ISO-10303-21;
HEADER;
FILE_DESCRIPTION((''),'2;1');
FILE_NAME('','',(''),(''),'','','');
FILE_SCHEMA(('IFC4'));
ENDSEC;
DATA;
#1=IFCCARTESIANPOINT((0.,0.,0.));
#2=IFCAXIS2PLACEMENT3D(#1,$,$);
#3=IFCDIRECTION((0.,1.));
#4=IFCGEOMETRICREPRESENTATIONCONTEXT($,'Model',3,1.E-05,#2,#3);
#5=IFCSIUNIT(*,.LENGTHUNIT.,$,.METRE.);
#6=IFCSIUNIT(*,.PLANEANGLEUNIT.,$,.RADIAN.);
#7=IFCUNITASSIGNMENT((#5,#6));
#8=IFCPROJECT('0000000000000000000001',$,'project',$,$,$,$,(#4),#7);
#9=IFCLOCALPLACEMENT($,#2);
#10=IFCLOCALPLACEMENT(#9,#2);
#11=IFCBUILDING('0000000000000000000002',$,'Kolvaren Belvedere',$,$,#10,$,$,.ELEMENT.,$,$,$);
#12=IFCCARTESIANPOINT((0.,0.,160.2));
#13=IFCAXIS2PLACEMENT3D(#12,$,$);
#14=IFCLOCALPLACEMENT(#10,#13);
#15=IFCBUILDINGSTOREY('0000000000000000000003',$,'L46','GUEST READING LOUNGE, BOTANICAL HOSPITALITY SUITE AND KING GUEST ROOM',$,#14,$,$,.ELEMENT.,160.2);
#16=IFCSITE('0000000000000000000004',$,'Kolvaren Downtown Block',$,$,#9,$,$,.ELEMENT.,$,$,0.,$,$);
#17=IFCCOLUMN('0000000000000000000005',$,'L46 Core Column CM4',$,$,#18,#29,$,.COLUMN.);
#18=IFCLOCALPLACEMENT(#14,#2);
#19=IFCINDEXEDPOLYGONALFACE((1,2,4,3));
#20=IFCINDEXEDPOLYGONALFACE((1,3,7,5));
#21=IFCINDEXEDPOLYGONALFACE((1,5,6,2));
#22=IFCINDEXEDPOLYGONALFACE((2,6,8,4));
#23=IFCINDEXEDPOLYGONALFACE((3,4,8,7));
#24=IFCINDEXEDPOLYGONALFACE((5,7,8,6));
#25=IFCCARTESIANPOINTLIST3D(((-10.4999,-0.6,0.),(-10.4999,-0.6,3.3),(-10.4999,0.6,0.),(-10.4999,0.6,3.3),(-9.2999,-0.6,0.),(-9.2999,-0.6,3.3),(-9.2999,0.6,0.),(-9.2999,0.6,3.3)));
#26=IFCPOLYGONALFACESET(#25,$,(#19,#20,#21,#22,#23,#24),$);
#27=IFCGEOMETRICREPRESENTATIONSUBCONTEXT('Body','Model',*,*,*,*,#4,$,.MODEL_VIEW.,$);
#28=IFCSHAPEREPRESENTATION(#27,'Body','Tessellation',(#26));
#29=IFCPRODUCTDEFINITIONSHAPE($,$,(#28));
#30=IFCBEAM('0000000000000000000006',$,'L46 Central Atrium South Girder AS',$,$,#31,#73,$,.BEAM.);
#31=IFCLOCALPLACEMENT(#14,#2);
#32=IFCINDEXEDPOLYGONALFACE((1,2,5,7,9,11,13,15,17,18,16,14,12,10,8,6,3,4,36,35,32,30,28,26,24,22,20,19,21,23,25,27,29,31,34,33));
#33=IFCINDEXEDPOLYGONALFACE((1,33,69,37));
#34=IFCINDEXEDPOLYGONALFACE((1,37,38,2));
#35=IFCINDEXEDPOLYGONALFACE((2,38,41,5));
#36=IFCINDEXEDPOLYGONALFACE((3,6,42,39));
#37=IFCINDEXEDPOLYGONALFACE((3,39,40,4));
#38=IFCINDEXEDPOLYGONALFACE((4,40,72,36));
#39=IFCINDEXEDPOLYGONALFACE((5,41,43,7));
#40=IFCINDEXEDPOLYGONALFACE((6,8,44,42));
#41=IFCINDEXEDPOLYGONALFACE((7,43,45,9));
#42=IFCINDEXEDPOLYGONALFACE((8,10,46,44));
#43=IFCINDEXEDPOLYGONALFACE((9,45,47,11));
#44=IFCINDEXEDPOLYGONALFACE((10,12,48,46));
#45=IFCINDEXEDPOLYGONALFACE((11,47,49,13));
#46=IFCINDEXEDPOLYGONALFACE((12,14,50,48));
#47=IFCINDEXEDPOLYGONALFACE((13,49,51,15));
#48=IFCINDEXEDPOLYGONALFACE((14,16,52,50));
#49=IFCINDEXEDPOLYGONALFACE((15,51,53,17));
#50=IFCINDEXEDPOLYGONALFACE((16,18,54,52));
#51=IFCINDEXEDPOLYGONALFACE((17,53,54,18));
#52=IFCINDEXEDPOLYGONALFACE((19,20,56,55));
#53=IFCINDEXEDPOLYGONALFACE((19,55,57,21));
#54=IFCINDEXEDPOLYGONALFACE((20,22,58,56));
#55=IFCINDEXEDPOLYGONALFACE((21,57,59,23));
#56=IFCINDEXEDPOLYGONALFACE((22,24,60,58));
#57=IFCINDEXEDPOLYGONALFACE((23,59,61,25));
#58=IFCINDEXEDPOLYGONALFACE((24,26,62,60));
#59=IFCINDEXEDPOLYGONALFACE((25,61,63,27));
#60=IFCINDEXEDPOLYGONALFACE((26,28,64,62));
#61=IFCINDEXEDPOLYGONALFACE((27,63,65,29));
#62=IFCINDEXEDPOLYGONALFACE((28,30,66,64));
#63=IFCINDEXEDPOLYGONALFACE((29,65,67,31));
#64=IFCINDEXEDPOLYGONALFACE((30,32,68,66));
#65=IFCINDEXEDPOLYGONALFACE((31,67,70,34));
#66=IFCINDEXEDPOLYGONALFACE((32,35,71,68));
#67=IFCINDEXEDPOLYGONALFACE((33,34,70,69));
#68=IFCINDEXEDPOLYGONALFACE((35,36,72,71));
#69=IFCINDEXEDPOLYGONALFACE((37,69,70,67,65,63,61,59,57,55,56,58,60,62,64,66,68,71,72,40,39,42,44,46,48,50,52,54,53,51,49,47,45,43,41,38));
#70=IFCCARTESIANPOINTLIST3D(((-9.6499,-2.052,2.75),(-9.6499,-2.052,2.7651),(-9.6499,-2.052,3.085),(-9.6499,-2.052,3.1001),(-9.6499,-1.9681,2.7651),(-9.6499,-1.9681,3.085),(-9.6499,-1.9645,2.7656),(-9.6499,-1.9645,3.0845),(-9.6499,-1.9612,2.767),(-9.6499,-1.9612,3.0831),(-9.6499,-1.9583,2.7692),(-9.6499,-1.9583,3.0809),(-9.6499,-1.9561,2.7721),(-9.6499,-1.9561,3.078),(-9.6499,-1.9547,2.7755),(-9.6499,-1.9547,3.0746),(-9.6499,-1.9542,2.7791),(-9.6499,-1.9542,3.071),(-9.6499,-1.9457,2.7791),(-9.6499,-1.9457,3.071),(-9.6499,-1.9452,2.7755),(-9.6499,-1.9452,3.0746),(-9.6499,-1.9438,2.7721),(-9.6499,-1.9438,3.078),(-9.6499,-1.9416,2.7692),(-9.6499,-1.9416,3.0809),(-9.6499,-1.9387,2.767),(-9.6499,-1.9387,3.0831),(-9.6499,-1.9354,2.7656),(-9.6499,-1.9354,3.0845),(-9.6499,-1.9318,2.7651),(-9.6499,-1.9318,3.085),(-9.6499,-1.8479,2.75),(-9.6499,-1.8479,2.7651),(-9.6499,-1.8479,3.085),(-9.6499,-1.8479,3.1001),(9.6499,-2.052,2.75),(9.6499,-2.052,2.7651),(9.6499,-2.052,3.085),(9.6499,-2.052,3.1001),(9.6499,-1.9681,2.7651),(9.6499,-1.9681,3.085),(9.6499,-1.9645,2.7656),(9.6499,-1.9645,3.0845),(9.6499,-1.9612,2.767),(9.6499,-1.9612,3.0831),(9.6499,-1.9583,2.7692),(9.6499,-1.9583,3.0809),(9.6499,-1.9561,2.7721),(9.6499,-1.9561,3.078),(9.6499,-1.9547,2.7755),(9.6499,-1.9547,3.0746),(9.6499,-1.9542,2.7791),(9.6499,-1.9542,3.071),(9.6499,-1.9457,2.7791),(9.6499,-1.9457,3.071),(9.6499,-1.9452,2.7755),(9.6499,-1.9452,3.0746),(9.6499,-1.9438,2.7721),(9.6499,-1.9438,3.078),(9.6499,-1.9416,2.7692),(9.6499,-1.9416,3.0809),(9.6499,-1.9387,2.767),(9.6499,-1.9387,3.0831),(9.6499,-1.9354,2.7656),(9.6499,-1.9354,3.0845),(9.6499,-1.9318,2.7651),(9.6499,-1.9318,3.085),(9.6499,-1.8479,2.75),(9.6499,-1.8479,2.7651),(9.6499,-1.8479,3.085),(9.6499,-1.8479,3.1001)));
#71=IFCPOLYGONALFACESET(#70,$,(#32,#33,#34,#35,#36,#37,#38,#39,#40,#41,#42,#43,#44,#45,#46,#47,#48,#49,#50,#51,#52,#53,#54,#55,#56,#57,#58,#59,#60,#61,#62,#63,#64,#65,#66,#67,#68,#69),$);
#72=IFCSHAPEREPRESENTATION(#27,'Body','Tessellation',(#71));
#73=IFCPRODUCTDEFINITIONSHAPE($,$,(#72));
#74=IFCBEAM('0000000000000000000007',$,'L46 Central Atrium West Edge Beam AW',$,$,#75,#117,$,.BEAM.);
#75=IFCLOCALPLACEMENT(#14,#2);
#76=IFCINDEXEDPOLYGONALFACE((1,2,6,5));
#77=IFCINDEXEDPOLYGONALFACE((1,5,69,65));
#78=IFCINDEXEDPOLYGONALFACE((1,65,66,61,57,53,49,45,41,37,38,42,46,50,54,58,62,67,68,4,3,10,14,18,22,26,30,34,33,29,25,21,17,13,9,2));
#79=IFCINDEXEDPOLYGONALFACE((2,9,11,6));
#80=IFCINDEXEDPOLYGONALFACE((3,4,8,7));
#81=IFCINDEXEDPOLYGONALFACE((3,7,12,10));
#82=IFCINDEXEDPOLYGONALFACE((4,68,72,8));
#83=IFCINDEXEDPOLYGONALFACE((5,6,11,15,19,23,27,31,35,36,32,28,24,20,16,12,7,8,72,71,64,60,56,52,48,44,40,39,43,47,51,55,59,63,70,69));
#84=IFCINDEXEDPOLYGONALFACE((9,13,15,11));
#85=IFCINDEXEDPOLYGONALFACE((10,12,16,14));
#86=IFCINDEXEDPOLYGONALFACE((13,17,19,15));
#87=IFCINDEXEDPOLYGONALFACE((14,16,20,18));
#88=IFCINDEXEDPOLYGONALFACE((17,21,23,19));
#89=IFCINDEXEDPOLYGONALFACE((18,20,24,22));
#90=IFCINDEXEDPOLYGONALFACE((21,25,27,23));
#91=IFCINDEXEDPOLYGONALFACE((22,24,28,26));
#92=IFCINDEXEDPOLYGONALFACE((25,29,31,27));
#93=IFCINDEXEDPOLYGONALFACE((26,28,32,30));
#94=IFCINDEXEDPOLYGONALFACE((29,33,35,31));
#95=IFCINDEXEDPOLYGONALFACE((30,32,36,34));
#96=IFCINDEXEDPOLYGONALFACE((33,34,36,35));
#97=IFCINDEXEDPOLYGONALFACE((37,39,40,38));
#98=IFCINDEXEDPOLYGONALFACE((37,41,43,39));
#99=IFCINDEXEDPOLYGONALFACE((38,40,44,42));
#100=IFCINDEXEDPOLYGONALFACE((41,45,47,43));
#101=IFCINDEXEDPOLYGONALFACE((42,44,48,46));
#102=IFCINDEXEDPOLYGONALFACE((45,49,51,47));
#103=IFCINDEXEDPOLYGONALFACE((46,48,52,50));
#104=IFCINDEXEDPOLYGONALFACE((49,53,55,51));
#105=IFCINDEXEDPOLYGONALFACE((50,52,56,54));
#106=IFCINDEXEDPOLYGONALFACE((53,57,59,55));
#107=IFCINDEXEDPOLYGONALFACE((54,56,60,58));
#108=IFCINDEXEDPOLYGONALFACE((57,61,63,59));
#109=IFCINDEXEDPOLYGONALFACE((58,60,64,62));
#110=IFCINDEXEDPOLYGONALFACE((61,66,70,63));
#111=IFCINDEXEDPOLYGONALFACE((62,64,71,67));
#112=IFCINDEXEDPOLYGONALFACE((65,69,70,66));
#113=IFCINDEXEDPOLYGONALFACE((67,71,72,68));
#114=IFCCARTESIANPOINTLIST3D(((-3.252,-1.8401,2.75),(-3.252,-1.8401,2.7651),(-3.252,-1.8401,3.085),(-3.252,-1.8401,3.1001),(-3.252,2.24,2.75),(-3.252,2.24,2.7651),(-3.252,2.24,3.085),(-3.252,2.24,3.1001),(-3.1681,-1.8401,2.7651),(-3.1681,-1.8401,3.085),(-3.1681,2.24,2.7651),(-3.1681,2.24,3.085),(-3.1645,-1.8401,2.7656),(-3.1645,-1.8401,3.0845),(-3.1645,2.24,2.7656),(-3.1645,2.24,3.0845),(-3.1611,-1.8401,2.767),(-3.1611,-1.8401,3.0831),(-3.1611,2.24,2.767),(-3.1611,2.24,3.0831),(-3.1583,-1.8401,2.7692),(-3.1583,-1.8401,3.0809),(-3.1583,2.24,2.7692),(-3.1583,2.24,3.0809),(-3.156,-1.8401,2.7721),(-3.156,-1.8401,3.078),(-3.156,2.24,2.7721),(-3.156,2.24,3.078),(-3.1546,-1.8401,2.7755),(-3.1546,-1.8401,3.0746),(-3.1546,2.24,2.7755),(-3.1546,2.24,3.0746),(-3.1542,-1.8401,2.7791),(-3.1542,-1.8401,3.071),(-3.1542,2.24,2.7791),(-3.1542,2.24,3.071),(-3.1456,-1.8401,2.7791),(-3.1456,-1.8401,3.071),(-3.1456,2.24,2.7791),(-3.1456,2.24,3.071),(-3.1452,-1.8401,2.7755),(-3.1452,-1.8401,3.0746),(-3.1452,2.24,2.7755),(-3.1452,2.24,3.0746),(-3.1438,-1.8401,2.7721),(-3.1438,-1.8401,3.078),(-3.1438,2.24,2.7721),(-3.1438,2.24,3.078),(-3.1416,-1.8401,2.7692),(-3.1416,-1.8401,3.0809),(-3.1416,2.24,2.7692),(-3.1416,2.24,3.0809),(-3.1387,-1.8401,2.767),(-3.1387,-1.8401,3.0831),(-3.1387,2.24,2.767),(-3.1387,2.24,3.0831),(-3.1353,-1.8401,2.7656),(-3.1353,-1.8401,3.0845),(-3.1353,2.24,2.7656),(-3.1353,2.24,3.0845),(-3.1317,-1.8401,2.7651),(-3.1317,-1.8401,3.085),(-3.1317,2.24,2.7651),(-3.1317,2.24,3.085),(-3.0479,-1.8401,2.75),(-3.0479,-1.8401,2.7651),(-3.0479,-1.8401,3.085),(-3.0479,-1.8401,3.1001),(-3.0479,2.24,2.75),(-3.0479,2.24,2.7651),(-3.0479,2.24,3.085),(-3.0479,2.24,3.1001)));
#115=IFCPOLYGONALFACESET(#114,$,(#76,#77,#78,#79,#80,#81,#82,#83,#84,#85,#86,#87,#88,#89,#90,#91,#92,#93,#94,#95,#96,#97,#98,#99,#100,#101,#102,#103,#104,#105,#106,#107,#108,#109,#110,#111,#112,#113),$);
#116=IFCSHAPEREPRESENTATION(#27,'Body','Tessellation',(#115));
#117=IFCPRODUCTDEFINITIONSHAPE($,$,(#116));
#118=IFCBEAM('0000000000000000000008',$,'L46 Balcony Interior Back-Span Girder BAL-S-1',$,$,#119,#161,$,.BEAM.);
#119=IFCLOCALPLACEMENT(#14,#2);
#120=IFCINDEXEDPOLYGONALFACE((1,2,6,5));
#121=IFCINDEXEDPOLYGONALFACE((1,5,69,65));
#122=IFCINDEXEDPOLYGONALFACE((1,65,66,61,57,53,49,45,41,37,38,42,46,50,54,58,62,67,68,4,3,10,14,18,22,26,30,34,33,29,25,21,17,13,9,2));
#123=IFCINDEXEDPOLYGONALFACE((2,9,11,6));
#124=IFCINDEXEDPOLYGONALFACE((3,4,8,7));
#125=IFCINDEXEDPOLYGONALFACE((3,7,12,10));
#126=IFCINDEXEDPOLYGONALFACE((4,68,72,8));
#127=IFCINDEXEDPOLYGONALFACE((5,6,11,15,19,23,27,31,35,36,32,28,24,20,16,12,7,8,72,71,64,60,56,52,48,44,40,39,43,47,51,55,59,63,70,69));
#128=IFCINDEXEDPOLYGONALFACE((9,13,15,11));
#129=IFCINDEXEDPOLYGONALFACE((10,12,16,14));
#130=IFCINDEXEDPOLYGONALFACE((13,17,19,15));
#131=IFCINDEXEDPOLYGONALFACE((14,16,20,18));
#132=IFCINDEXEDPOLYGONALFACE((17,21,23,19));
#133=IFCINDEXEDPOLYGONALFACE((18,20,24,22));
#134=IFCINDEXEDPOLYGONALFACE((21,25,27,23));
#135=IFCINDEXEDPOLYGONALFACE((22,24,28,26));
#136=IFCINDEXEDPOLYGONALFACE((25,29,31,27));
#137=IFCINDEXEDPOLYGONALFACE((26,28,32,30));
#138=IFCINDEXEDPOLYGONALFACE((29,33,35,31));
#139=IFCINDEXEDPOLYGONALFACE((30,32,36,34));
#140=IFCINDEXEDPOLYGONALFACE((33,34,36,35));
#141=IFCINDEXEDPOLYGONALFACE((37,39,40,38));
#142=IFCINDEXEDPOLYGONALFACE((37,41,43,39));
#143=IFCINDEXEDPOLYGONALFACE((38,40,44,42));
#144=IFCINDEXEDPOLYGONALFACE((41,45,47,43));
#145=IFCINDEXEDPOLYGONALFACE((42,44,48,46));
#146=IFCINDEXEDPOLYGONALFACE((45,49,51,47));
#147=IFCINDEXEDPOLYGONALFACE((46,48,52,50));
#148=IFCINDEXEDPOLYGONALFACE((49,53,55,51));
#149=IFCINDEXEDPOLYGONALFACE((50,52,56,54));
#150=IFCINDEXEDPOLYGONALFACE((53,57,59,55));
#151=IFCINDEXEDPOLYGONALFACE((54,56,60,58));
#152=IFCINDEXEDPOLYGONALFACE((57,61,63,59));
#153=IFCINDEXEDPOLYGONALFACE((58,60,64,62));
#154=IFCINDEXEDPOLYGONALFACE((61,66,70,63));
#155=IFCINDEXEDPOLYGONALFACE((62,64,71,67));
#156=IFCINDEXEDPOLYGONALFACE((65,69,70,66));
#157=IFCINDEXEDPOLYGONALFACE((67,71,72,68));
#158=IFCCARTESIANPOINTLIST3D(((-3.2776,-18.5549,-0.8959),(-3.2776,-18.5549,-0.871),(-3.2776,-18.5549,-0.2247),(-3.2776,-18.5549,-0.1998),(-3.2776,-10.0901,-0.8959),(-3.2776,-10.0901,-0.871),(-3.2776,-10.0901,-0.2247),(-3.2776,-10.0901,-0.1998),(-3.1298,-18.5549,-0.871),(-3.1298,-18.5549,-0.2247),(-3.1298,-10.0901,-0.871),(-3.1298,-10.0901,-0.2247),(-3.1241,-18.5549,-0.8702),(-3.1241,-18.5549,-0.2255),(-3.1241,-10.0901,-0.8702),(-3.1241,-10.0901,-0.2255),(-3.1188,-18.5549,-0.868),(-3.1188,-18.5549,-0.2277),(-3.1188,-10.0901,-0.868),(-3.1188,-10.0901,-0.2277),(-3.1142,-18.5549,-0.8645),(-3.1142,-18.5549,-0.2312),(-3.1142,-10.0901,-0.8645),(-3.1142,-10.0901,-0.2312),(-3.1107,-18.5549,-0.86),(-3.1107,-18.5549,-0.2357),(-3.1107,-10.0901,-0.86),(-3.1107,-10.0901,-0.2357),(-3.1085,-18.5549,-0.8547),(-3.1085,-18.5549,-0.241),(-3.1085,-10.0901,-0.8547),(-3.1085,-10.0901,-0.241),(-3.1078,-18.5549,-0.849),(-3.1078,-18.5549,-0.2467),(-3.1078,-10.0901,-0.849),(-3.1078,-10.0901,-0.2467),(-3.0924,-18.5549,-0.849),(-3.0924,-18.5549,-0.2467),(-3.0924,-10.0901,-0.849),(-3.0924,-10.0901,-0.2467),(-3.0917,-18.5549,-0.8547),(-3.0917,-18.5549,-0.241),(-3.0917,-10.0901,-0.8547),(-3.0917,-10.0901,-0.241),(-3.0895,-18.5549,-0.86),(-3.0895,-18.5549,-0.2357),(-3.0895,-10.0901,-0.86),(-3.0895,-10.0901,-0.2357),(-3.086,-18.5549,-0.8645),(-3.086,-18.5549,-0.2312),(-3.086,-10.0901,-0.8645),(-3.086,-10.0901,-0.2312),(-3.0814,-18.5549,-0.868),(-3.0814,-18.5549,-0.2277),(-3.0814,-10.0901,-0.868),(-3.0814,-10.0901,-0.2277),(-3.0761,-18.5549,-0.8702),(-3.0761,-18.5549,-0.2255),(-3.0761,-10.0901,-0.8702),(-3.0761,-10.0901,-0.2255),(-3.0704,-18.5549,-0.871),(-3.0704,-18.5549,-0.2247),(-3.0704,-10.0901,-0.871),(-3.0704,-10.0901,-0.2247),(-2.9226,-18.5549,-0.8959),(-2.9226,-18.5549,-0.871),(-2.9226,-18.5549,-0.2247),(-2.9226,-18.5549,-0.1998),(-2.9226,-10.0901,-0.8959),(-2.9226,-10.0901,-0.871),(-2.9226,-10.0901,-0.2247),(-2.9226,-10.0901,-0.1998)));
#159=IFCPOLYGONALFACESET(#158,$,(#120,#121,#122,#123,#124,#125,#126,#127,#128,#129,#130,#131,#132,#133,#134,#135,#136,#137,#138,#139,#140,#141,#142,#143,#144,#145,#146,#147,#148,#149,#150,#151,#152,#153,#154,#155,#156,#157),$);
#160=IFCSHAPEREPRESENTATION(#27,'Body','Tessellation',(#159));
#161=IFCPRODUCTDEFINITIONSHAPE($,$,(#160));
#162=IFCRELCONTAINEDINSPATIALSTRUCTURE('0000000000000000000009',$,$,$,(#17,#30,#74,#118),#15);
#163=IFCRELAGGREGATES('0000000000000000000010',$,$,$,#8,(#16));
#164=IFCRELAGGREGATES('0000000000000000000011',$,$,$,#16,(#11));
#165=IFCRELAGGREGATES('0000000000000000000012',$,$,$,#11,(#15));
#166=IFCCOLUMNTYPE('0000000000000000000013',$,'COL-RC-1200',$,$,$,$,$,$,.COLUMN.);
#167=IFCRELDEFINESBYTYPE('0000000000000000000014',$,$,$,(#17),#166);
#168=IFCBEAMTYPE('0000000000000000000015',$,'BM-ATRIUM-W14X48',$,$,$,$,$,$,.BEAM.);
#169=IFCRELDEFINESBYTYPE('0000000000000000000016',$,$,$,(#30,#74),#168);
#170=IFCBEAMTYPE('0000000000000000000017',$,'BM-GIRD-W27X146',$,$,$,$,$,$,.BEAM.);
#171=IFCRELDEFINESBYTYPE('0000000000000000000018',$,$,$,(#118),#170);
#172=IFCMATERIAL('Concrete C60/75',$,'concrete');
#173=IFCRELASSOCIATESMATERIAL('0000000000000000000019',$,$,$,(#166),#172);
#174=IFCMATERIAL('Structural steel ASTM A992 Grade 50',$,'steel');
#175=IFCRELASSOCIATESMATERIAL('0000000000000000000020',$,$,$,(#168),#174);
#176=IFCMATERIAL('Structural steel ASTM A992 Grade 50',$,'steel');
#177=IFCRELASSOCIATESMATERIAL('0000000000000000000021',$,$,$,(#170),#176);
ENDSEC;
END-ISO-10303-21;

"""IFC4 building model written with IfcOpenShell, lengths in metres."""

from ifc_helpers import new_model, si_unit, direction, frame, origin, origin_2d, place, context, subcontext, project, spatial, rectangle, i_section, extrude, material, material_profile, profile_set, type_object, element, save


model = new_model("IFC4")

# Units and contexts
model_context = context("Model", 3, precision=1e-05, world=origin(), true_north=direction((0.0, 1.0)))
body_context = subcontext(model_context, "Body", "Model", "MODEL_VIEW")
ifc_project = project(units=[si_unit("LENGTHUNIT", "METRE"), si_unit("PLANEANGLEUNIT", "RADIAN")], contexts=[model_context])

# Site, building, storey
site_placement = place(None, origin())
site = spatial("IfcSite", under=ifc_project, at=site_placement, Name="Kolvaren Downtown Block", CompositionType="ELEMENT", RefElevation=0.0)
building_placement = place(site_placement, origin())
building = spatial("IfcBuilding", under=site, at=building_placement, Name="Kolvaren Belvedere", CompositionType="ELEMENT")
storey_placement = place(building_placement, frame((0.0, 0.0, 160.2)))
storey = spatial("IfcBuildingStorey", under=building, at=storey_placement, Name="L46", Description="GUEST READING LOUNGE, BOTANICAL HOSPITALITY SUITE AND KING GUEST ROOM", CompositionType="ELEMENT", Elevation=160.2)

# Column
ifc_material_1 = material(Name="Concrete C60/75", Category="concrete")
ifc_material_profile_1 = material_profile(ifc_material_1, rectangle(XDim=1.2, YDim=1.2, at=origin_2d()), Name="RC 1200X1200")
ifc_profile_set_1 = profile_set([ifc_material_profile_1], Name="Concrete C60/75")
column_type = type_object("IfcColumnType", Name="COL-RC-1200", PredefinedType="COLUMN", material=ifc_profile_set_1)
column_placement = place(storey_placement, frame((-9.8999, 0.0, 0.0), z_axis=(0.0, 0.0, 1.0), x_axis=(1.0, 0.0, 0.0)))
element("IfcColumn", 1, at=column_placement, inside=storey, type_object=column_type, Name="L46 Core Column CM4", PredefinedType="COLUMN", context=body_context, shape_type="SweptSolid", body=[
    extrude(rectangle(XDim=1.2, YDim=1.2, at=origin_2d()), origin(), (0.0, 0.0, 1.0), 3.3),
])

# Beams
ifc_material_2 = material(Name="Structural steel ASTM A992 Grade 50", Category="steel")
ifc_material_profile_2 = material_profile(ifc_material_2, i_section(OverallWidth=0.2041, OverallDepth=0.3501, WebThickness=0.0085, FlangeThickness=0.0151, FilletRadius=0.0139, at=origin_2d()), Name="W14X48")
ifc_profile_set_2 = profile_set([ifc_material_profile_2], Name="Structural steel ASTM A992 Grade 50")
beam_type_1 = type_object("IfcBeamType", Name="BM-ATRIUM-W14X48", PredefinedType="BEAM", material=ifc_profile_set_2)
beam_1_placement = place(storey_placement, frame((-9.6499, -1.95, 2.925), z_axis=(1.0, 0.0, 0.0), x_axis=(0.0, 1.0, 0.0)))
element("IfcBeam", 2, at=beam_1_placement, inside=storey, type_object=beam_type_1, Name="L46 Central Atrium South Girder AS", PredefinedType="BEAM", context=body_context, shape_type="SweptSolid", body=[
    extrude(i_section(OverallWidth=0.2041, OverallDepth=0.3501, WebThickness=0.0085, FlangeThickness=0.0151, FilletRadius=0.0139, at=origin_2d()), origin(), (0.0, 0.0, 1.0), 19.2998),
])
beam_2_placement = place(storey_placement, frame((-3.1499, -1.8401, 2.925), z_axis=(0.0, 1.0, 0.0), x_axis=(-1.0, 0.0, 0.0)))
element("IfcBeam", 3, at=beam_2_placement, inside=storey, type_object=beam_type_1, Name="L46 Central Atrium West Edge Beam AW", PredefinedType="BEAM", context=body_context, shape_type="SweptSolid", body=[
    extrude(i_section(OverallWidth=0.2041, OverallDepth=0.3501, WebThickness=0.0085, FlangeThickness=0.0151, FilletRadius=0.0139, at=origin_2d()), origin(), (0.0, 0.0, 1.0), 4.0801),
])
ifc_material_3 = material(Name="Structural steel ASTM A992 Grade 50", Category="steel")
ifc_material_profile_3 = material_profile(ifc_material_3, i_section(OverallWidth=0.355, OverallDepth=0.696, WebThickness=0.0154, FlangeThickness=0.0249, FilletRadius=0.022, at=origin_2d()), Name="W27X146")
ifc_profile_set_3 = profile_set([ifc_material_profile_3], Name="Structural steel ASTM A992 Grade 50")
beam_type_2 = type_object("IfcBeamType", Name="BM-GIRD-W27X146", PredefinedType="BEAM", material=ifc_profile_set_3)
beam_3_placement = place(storey_placement, frame((-3.1001, -10.0901, -0.5479), z_axis=(0.0, -1.0, 0.0), x_axis=(1.0, 0.0, 0.0)))
element("IfcBeam", 4, at=beam_3_placement, inside=storey, type_object=beam_type_2, Name="L46 Balcony Interior Back-Span Girder BAL-S-1", PredefinedType="BEAM", context=body_context, shape_type="SweptSolid", body=[
    extrude(i_section(OverallWidth=0.355, OverallDepth=0.696, WebThickness=0.0154, FlangeThickness=0.0249, FilletRadius=0.022, at=origin_2d()), origin(), (0.0, 0.0, 1.0), 8.4648),
])

save(model, "model.ifc")
